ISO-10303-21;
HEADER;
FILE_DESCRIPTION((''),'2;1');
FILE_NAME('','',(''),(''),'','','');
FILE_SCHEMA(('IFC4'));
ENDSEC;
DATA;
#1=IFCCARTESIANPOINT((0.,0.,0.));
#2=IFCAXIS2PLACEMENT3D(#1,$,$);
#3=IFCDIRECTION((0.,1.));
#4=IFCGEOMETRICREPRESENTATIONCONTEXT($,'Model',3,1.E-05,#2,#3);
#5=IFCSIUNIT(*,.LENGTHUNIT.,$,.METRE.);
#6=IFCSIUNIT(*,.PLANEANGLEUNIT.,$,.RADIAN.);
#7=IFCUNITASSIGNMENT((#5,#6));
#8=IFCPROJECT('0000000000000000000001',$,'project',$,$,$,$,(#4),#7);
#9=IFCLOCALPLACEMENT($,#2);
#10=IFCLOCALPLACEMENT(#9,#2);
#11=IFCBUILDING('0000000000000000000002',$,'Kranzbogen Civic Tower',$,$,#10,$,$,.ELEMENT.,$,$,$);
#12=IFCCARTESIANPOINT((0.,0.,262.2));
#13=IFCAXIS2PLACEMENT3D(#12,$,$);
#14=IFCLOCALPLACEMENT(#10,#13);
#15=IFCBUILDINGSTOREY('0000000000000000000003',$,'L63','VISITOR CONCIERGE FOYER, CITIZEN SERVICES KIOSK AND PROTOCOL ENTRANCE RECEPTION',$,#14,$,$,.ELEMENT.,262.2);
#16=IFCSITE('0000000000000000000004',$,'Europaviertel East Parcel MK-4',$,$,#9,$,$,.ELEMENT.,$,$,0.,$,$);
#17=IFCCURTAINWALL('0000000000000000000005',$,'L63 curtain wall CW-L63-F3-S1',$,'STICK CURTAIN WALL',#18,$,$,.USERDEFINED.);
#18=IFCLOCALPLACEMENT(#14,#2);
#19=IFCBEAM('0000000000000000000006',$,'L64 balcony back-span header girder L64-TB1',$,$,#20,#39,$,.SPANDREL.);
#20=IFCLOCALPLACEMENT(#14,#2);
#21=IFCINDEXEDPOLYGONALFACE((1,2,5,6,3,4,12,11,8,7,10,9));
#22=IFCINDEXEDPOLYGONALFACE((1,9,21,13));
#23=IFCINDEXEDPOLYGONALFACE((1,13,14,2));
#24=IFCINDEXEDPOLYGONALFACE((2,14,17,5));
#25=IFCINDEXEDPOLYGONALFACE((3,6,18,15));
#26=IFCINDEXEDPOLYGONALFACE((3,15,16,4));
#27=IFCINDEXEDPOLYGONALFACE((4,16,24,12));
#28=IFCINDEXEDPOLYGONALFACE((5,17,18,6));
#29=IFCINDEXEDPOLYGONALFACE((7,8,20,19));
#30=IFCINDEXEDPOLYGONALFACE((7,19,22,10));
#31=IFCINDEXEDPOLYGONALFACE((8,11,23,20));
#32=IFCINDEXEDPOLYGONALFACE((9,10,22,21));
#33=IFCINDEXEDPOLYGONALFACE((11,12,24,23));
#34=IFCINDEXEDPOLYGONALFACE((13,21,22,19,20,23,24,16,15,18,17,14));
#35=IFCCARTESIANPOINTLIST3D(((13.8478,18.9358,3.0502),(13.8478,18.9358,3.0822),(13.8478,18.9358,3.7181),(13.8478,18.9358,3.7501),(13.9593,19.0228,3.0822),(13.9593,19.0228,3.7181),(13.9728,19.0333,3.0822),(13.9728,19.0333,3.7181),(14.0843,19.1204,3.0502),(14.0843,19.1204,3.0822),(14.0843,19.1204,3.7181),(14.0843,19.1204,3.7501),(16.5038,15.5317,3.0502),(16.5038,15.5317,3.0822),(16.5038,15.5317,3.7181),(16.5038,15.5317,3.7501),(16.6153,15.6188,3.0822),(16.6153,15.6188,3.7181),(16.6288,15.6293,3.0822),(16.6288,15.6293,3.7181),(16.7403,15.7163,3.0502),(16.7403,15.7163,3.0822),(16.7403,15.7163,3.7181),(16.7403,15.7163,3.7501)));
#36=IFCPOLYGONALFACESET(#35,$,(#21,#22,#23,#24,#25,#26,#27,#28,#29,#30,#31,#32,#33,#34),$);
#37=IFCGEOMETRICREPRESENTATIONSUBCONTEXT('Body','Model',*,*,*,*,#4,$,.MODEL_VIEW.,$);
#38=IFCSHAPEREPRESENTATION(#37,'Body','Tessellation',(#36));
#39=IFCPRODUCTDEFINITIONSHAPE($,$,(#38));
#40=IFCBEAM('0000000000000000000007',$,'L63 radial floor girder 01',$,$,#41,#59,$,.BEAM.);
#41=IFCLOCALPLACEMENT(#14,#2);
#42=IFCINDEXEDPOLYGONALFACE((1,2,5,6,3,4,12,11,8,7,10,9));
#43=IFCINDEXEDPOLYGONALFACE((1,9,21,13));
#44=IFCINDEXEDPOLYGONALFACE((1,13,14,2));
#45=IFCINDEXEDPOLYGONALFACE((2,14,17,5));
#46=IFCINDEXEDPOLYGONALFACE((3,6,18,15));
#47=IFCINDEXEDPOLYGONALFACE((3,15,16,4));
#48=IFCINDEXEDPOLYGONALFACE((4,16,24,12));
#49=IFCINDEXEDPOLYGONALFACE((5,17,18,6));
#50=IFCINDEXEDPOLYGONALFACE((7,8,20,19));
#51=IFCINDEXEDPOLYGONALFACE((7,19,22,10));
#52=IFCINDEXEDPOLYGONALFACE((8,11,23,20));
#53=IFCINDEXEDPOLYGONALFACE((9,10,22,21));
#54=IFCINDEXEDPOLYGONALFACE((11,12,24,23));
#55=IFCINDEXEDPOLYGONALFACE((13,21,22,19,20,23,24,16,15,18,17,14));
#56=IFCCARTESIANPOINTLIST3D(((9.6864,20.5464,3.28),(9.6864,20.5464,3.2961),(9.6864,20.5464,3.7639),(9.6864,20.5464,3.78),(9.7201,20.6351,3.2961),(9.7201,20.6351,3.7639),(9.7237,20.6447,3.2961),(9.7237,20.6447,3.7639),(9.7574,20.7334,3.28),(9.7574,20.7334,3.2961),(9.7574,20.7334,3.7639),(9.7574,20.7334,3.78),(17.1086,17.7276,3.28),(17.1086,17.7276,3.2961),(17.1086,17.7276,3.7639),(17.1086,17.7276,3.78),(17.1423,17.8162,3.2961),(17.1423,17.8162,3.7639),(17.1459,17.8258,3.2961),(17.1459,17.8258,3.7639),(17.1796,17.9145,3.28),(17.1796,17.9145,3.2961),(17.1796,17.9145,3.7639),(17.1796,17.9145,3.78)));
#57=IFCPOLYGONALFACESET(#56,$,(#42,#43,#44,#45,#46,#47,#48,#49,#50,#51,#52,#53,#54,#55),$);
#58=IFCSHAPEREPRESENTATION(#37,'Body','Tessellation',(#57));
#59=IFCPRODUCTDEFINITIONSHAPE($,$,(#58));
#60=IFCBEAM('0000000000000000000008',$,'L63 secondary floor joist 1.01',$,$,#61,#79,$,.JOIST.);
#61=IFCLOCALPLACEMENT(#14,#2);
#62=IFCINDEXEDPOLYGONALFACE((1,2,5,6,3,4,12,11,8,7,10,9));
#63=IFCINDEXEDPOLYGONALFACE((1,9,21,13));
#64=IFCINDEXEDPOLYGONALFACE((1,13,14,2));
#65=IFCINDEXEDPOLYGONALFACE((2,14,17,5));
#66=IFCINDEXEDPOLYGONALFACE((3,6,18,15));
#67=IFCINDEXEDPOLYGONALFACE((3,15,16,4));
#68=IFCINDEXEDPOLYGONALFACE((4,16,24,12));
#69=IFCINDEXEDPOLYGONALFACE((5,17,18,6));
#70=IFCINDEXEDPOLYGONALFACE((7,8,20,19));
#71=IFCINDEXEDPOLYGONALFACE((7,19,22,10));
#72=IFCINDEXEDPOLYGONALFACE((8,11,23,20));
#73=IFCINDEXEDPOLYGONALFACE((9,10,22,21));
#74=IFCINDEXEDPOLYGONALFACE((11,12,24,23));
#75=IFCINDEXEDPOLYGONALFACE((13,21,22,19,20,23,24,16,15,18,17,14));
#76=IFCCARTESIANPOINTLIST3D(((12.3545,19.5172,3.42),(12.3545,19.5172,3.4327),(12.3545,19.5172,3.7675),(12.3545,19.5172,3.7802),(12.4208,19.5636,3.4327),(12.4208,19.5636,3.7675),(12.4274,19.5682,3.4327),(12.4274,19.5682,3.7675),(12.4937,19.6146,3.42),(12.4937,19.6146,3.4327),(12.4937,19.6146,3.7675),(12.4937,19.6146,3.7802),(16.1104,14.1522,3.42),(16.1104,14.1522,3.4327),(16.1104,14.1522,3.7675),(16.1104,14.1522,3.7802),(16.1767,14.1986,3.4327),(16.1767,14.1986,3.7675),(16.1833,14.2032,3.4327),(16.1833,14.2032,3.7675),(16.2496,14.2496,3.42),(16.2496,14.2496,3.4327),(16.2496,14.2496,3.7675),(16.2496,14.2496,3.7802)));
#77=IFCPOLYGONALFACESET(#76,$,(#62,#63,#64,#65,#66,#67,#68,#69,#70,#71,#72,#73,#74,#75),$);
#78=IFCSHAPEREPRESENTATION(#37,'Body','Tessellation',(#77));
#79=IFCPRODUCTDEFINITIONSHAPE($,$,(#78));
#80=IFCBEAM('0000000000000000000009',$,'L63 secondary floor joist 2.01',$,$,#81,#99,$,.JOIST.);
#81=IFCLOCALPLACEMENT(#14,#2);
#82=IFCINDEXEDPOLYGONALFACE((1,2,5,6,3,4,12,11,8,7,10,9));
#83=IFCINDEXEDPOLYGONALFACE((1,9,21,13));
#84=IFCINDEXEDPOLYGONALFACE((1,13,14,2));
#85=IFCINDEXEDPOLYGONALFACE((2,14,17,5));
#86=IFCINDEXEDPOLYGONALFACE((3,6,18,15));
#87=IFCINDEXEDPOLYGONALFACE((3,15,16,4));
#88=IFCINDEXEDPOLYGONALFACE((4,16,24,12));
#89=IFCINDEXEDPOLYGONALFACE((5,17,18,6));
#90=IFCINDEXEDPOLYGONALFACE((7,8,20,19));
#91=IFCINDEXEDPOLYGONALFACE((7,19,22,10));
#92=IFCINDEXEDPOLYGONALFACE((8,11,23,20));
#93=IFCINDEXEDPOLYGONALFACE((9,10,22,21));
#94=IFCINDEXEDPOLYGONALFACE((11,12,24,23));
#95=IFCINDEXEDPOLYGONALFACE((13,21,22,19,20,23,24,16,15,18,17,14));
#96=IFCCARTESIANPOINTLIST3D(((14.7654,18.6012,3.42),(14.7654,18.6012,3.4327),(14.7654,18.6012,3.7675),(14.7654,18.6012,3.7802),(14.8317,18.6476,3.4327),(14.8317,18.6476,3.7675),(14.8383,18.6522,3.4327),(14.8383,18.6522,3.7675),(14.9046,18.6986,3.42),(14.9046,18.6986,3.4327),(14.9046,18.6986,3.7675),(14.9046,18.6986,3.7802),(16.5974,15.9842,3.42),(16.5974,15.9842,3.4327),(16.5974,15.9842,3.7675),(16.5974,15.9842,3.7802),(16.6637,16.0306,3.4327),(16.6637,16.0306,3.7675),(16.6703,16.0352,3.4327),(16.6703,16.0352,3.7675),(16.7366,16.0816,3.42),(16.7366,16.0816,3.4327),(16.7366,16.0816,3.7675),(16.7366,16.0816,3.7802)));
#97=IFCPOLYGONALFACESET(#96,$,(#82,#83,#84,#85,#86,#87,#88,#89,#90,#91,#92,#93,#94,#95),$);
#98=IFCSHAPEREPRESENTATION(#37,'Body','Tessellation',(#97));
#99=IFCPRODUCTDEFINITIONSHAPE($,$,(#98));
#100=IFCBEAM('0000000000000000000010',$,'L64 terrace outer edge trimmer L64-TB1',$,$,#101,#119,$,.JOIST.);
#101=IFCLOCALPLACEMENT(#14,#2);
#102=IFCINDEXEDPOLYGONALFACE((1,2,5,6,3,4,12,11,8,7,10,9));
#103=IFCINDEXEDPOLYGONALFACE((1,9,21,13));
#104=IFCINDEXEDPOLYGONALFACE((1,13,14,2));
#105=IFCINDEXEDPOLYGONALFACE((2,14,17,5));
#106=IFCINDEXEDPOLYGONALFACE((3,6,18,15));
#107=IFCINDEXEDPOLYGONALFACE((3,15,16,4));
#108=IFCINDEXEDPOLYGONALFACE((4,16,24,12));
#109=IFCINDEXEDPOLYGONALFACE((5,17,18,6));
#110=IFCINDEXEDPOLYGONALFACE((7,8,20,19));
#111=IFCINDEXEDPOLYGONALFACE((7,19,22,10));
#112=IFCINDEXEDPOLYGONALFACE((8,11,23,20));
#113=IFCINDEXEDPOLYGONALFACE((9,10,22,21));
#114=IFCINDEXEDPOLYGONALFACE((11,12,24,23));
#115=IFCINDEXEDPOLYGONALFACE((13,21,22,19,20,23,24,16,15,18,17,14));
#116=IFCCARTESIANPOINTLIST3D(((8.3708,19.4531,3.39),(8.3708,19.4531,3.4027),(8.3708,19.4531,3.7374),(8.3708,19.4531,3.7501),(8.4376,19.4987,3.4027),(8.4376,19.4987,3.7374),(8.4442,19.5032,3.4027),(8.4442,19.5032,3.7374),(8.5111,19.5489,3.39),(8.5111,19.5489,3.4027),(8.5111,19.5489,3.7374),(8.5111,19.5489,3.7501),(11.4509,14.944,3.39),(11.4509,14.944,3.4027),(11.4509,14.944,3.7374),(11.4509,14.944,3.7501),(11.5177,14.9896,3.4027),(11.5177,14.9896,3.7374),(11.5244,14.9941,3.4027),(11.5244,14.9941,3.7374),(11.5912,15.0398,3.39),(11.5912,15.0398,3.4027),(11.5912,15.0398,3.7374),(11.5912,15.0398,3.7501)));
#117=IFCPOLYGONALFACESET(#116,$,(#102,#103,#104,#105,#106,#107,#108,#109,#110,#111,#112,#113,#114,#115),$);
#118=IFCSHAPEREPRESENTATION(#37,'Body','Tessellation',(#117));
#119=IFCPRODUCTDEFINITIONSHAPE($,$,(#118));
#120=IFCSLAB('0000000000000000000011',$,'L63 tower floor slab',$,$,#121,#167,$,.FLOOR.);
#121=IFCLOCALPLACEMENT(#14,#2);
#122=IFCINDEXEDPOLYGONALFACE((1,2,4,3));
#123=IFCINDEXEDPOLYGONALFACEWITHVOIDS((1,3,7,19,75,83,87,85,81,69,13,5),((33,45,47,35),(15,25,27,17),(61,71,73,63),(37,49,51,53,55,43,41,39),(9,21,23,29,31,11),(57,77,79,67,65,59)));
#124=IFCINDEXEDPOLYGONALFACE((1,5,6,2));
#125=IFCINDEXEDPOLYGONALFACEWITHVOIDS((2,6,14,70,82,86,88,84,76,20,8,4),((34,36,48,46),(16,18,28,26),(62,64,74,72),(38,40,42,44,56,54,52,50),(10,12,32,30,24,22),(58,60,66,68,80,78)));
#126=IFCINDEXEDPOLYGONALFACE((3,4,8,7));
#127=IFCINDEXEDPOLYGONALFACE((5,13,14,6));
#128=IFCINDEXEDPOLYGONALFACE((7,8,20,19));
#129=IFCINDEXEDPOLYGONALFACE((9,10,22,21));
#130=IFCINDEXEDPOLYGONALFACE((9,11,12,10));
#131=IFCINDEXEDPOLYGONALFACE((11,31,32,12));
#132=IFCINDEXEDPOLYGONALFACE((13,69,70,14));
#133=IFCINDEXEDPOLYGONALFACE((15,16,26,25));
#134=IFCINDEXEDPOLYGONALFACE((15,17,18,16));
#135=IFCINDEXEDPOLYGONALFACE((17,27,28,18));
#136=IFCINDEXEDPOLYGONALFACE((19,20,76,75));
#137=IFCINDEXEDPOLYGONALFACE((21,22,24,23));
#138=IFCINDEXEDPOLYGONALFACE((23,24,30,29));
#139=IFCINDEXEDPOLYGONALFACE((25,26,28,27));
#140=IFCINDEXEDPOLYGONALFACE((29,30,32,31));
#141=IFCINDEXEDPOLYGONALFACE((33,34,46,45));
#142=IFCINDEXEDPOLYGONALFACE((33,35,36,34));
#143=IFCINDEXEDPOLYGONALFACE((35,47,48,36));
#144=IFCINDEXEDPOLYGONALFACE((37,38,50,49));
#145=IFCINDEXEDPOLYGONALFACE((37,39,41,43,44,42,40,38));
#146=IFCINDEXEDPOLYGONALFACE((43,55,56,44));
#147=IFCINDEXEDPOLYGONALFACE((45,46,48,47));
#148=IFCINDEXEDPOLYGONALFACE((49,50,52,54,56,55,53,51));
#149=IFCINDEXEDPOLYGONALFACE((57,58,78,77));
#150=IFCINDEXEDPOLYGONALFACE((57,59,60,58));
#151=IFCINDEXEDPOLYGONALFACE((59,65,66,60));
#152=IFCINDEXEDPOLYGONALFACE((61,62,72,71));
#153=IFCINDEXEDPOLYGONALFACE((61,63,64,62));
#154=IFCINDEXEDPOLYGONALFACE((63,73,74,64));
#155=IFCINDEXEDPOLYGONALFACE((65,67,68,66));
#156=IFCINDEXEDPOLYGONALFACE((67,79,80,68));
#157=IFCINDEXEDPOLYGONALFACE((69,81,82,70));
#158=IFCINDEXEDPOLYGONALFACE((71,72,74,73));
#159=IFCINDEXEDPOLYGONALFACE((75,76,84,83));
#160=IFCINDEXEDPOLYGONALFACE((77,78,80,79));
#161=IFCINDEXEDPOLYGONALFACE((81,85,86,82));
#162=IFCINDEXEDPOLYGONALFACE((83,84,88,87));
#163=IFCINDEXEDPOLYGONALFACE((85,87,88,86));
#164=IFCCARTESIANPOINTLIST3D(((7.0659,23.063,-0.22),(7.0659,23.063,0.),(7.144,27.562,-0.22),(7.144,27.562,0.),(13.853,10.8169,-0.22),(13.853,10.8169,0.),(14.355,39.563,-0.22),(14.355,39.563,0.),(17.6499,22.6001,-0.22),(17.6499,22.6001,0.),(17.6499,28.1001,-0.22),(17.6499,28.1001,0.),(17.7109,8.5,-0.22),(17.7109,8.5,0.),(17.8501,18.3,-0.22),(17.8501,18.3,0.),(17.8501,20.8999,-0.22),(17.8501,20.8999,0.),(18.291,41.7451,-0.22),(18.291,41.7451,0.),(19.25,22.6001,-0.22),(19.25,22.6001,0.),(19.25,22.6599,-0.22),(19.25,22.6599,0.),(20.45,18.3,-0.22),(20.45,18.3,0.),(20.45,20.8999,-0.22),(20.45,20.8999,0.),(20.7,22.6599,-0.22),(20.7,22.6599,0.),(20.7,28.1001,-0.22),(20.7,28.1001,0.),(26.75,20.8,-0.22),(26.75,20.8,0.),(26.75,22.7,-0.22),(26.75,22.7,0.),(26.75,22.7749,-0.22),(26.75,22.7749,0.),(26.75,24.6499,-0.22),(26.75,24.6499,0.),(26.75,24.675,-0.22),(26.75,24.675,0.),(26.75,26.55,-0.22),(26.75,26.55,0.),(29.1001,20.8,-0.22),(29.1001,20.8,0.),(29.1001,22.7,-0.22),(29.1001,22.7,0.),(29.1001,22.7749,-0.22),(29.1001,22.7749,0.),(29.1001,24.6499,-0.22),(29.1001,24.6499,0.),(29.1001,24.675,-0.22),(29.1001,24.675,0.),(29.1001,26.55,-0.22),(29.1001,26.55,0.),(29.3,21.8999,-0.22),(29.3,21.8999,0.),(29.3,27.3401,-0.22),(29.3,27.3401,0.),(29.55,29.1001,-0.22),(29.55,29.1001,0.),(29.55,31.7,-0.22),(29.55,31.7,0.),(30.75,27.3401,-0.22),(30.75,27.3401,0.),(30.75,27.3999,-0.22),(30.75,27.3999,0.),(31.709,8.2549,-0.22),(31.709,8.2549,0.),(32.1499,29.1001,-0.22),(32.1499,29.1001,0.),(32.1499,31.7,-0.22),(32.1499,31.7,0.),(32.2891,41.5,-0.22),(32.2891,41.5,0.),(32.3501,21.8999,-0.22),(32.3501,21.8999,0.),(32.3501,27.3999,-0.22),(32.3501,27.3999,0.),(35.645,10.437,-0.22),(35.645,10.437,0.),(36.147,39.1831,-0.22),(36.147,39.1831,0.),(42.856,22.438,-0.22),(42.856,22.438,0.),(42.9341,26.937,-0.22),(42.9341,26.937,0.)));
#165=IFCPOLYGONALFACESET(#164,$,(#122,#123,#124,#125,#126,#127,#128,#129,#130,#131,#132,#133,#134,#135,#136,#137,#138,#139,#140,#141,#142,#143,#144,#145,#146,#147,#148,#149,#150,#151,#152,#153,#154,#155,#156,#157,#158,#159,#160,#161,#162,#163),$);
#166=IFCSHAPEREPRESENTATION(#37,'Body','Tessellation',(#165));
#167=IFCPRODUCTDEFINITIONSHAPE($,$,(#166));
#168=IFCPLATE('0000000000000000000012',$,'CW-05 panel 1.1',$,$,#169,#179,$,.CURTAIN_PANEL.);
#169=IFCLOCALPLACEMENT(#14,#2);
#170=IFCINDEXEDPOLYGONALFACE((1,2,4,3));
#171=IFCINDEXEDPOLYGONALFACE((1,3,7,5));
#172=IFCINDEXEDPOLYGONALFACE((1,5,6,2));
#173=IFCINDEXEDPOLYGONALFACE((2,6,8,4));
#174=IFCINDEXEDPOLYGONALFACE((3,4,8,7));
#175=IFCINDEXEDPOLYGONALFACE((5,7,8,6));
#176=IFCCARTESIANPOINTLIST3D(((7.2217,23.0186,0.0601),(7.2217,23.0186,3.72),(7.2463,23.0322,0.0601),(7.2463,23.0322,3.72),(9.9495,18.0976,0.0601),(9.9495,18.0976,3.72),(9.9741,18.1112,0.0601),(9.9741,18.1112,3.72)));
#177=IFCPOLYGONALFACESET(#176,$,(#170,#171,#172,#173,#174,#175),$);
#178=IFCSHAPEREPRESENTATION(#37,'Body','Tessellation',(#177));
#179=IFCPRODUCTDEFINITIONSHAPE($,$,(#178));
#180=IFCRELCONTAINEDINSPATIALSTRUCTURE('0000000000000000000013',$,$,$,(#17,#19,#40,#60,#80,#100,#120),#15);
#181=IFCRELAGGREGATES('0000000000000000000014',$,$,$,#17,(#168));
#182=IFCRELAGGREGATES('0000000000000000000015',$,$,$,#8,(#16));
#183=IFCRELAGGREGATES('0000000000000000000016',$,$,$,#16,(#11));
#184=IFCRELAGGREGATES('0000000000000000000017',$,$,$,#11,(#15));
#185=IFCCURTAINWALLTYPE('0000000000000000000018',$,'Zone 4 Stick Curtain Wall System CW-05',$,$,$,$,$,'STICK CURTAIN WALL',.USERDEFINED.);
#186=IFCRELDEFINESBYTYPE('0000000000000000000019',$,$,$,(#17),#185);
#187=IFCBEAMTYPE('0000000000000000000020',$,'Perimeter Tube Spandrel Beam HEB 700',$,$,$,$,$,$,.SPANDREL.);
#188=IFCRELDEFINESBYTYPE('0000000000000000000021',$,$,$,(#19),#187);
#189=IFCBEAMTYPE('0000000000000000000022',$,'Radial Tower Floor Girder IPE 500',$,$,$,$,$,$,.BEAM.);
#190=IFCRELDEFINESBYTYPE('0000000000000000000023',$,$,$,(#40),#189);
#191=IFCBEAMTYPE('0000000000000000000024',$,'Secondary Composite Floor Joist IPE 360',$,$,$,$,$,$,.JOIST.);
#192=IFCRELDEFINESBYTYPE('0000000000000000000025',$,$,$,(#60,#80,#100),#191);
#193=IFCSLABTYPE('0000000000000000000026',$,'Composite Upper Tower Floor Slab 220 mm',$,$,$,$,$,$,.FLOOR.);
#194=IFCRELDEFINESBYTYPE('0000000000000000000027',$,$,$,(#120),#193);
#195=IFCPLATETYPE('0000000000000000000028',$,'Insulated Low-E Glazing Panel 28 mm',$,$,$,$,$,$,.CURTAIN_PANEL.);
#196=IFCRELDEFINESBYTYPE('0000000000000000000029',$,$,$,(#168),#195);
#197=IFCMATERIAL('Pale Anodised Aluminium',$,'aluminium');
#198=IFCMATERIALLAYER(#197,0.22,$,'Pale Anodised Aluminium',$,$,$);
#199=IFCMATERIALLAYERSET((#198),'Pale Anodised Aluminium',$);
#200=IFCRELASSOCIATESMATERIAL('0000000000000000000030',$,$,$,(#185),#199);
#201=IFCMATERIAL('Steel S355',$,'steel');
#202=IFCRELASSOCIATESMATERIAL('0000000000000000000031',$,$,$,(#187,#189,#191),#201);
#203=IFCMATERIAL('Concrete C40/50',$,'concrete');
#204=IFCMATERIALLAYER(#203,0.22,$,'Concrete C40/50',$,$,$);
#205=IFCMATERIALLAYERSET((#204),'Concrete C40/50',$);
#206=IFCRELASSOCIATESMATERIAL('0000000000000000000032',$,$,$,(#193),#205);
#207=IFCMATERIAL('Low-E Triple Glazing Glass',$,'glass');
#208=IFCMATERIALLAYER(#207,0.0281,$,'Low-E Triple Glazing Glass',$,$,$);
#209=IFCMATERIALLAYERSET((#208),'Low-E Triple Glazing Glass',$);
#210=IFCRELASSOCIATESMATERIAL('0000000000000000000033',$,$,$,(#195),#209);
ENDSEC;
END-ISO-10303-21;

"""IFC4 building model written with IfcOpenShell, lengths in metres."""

from ifc_helpers import new_model, si_unit, direction, frame, origin, origin_2d, place, context, subcontext, project, spatial, polyline, rectangle, i_section, outline, extrude, material, layer, layer_set, material_profile, profile_set, type_object, element, aggregate, save


model = new_model("IFC4")

# Units and contexts
model_context = context("Model", 3, precision=1e-05, world=origin(), true_north=direction((0.0, 1.0)))
body_context = subcontext(model_context, "Body", "Model", "MODEL_VIEW")
ifc_project = project(units=[si_unit("LENGTHUNIT", "METRE"), si_unit("PLANEANGLEUNIT", "RADIAN")], contexts=[model_context])

# Site, building, storey
site_placement = place(None, origin())
site = spatial("IfcSite", under=ifc_project, at=site_placement, Name="Europaviertel East Parcel MK-4", CompositionType="ELEMENT", RefElevation=0.0)
building_placement = place(site_placement, origin())
building = spatial("IfcBuilding", under=site, at=building_placement, Name="Kranzbogen Civic Tower", CompositionType="ELEMENT")
storey_placement = place(building_placement, frame((0.0, 0.0, 262.2)))
storey = spatial("IfcBuildingStorey", under=building, at=storey_placement, Name="L63", Description="VISITOR CONCIERGE FOYER, CITIZEN SERVICES KIOSK AND PROTOCOL ENTRANCE RECEPTION", CompositionType="ELEMENT", Elevation=262.2)

# Shared definitions
ifc_material_1 = material(Name="Steel S355", Category="steel")

# Curtain wall
ifc_material_2 = material(Name="Pale Anodised Aluminium", Category="aluminium")
ifc_layer_1 = layer(ifc_material_2, 0.22, Name="Pale Anodised Aluminium")
ifc_layer_set_1 = layer_set([ifc_layer_1], Name="Pale Anodised Aluminium")
curtain_wall_type = type_object("IfcCurtainWallType", Name="Zone 4 Stick Curtain Wall System CW-05", ElementType="STICK CURTAIN WALL", PredefinedType="USERDEFINED", material=ifc_layer_set_1)
curtain_wall_1_placement = place(storey_placement, origin())
curtain_wall_1 = element("IfcCurtainWall", 1, at=curtain_wall_1_placement, inside=storey, type_object=curtain_wall_type, Name="L63 curtain wall CW-L63-F3-S1", ObjectType="STICK CURTAIN WALL", PredefinedType="USERDEFINED")

# Beams
ifc_material_profile_1 = material_profile(ifc_material_1, i_section(OverallWidth=0.3, OverallDepth=0.7, WebThickness=0.0171, FlangeThickness=0.032, at=origin_2d()), Name="HEB 700")
ifc_profile_set_1 = profile_set([ifc_material_profile_1], Name="Steel S355")
beam_type_1 = type_object("IfcBeamType", Name="Perimeter Tube Spandrel Beam HEB 700", PredefinedType="SPANDREL", material=ifc_profile_set_1)
beam_1_placement = place(storey_placement, frame((13.9661, 19.0281, 3.4001), z_axis=(0.615153, -0.788407, 0.0), x_axis=(0.788407, 0.615153, 0.0)))
element("IfcBeam", 2, at=beam_1_placement, inside=storey, type_object=beam_type_1, Name="L64 balcony back-span header girder L64-TB1", PredefinedType="SPANDREL", context=body_context, shape_type="SweptSolid", body=[
    extrude(i_section(OverallWidth=0.3, OverallDepth=0.7, WebThickness=0.0171, FlangeThickness=0.032, at=origin_2d()), origin(), (0.0, 0.0, 1.0), 4.3176),
])
ifc_material_profile_2 = material_profile(ifc_material_1, i_section(OverallWidth=0.2, OverallDepth=0.5, WebThickness=0.0103, FlangeThickness=0.0161, at=origin_2d()), Name="IPE 500")
ifc_profile_set_2 = profile_set([ifc_material_profile_2], Name="Steel S355")
beam_type_2 = type_object("IfcBeamType", Name="Radial Tower Floor Girder IPE 500", PredefinedType="BEAM", material=ifc_profile_set_2)
beam_2_placement = place(storey_placement, frame((9.7219, 20.6399, 3.53), z_axis=(0.934849, -0.355046, 0.0), x_axis=(0.355046, 0.934849, 0.0)))
element("IfcBeam", 3, at=beam_2_placement, inside=storey, type_object=beam_type_2, Name="L63 radial floor girder 01", PredefinedType="BEAM", context=body_context, shape_type="SweptSolid", body=[
    extrude(i_section(OverallWidth=0.2, OverallDepth=0.5, WebThickness=0.0103, FlangeThickness=0.0161, at=origin_2d()), origin(), (0.0, 0.0, 1.0), 7.9395),
])
ifc_material_profile_3 = material_profile(ifc_material_1, i_section(OverallWidth=0.1699, OverallDepth=0.3601, WebThickness=0.0081, FlangeThickness=0.0127, at=origin_2d()), Name="IPE 360")
ifc_profile_set_3 = profile_set([ifc_material_profile_3], Name="Steel S355")
beam_type_3 = type_object("IfcBeamType", Name="Secondary Composite Floor Joist IPE 360", PredefinedType="JOIST", material=ifc_profile_set_3)
beam_3_placement = place(storey_placement, frame((12.4241, 19.5659, 3.6001), z_axis=(0.5735, -0.819206, 0.0), x_axis=(0.819206, 0.5735, 0.0)))
element("IfcBeam", 4, at=beam_3_placement, inside=storey, type_object=beam_type_3, Name="L63 secondary floor joist 1.01", PredefinedType="JOIST", context=body_context, shape_type="SweptSolid", body=[
    extrude(i_section(OverallWidth=0.1699, OverallDepth=0.3601, WebThickness=0.0081, FlangeThickness=0.0127, at=origin_2d()), origin(), (0.0, 0.0, 1.0), 6.5491),
])
beam_4_placement = place(storey_placement, frame((14.835, 18.6499, 3.6001), z_axis=(0.573498, -0.819207, 0.0), x_axis=(0.819207, 0.573498, 0.0)))
element("IfcBeam", 5, at=beam_4_placement, inside=storey, type_object=beam_type_3, Name="L63 secondary floor joist 2.01", PredefinedType="JOIST", context=body_context, shape_type="SweptSolid", body=[
    extrude(i_section(OverallWidth=0.1699, OverallDepth=0.3601, WebThickness=0.0081, FlangeThickness=0.0127, at=origin_2d()), origin(), (0.0, 0.0, 1.0), 3.1946),
])
beam_5_placement = place(storey_placement, frame((8.4409, 19.501, 3.5701), z_axis=(0.564054, -0.825738, 0.0), x_axis=(0.825738, 0.564054, 0.0)))
element("IfcBeam", 6, at=beam_5_placement, inside=storey, type_object=beam_type_3, Name="L64 terrace outer edge trimmer L64-TB1", PredefinedType="JOIST", context=body_context, shape_type="SweptSolid", body=[
    extrude(i_section(OverallWidth=0.1699, OverallDepth=0.3601, WebThickness=0.0081, FlangeThickness=0.0127, at=origin_2d()), origin(), (0.0, 0.0, 1.0), 5.4607),
])

# Slab
ifc_material_3 = material(Name="Concrete C40/50", Category="concrete")
ifc_layer_2 = layer(ifc_material_3, 0.22, Name="Concrete C40/50")
ifc_layer_set_2 = layer_set([ifc_layer_2], Name="Concrete C40/50")
slab_type_1 = type_object("IfcSlabType", Name="Composite Upper Tower Floor Slab 220 mm", PredefinedType="FLOOR", material=ifc_layer_set_2)
slab_1_placement = place(storey_placement, frame((0.0, 0.0, -0.22)))
element("IfcSlab", 7, at=slab_1_placement, inside=storey, type_object=slab_type_1, Name="L63 tower floor slab", PredefinedType="FLOOR", context=body_context, shape_type="SweptSolid", body=[
    extrude(outline(polyline([(32.2891, 41.5), (18.291, 41.7451), (14.355, 39.563), (7.144, 27.562), (7.0659, 23.063), (13.853, 10.8169), (17.7109, 8.5), (31.709, 8.2549), (35.645, 10.437), (42.856, 22.438), (42.9341, 26.937), (36.147, 39.1831), (32.2891, 41.5)]), holes=[polyline([(17.8501, 20.8999), (20.45, 20.8999), (20.45, 18.3), (17.8501, 18.3), (17.8501, 20.8999)]), polyline([(29.1001, 22.7), (29.1001, 20.8), (26.75, 20.8), (26.75, 22.7), (29.1001, 22.7)]), polyline([(29.1001, 24.6499), (29.1001, 22.7749), (26.75, 22.7749), (26.75, 24.6499), (26.75, 24.675), (26.75, 26.55), (29.1001, 26.55), (29.1001, 24.675), (29.1001, 24.6499)]), polyline([(29.3, 27.3401), (30.75, 27.3401), (30.75, 27.3999), (32.3501, 27.3999), (32.3501, 21.8999), (29.3, 21.8999), (29.3, 27.3401)]), polyline([(20.7, 22.6599), (19.25, 22.6599), (19.25, 22.6001), (17.6499, 22.6001), (17.6499, 28.1001), (20.7, 28.1001), (20.7, 22.6599)]), polyline([(32.1499, 31.7), (32.1499, 29.1001), (29.55, 29.1001), (29.55, 31.7), (32.1499, 31.7)])]), origin(), (0.0, 0.0, 1.0), 0.22),
])

# Plate
ifc_material_4 = material(Name="Low-E Triple Glazing Glass", Category="glass")
ifc_layer_3 = layer(ifc_material_4, 0.0281, Name="Low-E Triple Glazing Glass")
ifc_layer_set_3 = layer_set([ifc_layer_3], Name="Low-E Triple Glazing Glass")
plate_type = type_object("IfcPlateType", Name="Insulated Low-E Glazing Panel 28 mm", PredefinedType="CURTAIN_PANEL", material=ifc_layer_set_3)
plate_1_placement = place(storey_placement, frame((8.5979, 20.5649, 0.0601), z_axis=(0.0, 0.0, 1.0), x_axis=(0.484815, -0.874617, 0.0)))
plate_1 = element("IfcPlate", 8, at=plate_1_placement, type_object=plate_type, Name="CW-05 panel 1.1", PredefinedType="CURTAIN_PANEL", context=body_context, shape_type="SweptSolid", body=[
    extrude(rectangle(XDim=5.6265, YDim=0.0281, at=origin_2d()), origin(), (0.0, 0.0, 1.0), 3.6599),
])
aggregate(curtain_wall_1, [plate_1])

save(model, "model.ifc")
